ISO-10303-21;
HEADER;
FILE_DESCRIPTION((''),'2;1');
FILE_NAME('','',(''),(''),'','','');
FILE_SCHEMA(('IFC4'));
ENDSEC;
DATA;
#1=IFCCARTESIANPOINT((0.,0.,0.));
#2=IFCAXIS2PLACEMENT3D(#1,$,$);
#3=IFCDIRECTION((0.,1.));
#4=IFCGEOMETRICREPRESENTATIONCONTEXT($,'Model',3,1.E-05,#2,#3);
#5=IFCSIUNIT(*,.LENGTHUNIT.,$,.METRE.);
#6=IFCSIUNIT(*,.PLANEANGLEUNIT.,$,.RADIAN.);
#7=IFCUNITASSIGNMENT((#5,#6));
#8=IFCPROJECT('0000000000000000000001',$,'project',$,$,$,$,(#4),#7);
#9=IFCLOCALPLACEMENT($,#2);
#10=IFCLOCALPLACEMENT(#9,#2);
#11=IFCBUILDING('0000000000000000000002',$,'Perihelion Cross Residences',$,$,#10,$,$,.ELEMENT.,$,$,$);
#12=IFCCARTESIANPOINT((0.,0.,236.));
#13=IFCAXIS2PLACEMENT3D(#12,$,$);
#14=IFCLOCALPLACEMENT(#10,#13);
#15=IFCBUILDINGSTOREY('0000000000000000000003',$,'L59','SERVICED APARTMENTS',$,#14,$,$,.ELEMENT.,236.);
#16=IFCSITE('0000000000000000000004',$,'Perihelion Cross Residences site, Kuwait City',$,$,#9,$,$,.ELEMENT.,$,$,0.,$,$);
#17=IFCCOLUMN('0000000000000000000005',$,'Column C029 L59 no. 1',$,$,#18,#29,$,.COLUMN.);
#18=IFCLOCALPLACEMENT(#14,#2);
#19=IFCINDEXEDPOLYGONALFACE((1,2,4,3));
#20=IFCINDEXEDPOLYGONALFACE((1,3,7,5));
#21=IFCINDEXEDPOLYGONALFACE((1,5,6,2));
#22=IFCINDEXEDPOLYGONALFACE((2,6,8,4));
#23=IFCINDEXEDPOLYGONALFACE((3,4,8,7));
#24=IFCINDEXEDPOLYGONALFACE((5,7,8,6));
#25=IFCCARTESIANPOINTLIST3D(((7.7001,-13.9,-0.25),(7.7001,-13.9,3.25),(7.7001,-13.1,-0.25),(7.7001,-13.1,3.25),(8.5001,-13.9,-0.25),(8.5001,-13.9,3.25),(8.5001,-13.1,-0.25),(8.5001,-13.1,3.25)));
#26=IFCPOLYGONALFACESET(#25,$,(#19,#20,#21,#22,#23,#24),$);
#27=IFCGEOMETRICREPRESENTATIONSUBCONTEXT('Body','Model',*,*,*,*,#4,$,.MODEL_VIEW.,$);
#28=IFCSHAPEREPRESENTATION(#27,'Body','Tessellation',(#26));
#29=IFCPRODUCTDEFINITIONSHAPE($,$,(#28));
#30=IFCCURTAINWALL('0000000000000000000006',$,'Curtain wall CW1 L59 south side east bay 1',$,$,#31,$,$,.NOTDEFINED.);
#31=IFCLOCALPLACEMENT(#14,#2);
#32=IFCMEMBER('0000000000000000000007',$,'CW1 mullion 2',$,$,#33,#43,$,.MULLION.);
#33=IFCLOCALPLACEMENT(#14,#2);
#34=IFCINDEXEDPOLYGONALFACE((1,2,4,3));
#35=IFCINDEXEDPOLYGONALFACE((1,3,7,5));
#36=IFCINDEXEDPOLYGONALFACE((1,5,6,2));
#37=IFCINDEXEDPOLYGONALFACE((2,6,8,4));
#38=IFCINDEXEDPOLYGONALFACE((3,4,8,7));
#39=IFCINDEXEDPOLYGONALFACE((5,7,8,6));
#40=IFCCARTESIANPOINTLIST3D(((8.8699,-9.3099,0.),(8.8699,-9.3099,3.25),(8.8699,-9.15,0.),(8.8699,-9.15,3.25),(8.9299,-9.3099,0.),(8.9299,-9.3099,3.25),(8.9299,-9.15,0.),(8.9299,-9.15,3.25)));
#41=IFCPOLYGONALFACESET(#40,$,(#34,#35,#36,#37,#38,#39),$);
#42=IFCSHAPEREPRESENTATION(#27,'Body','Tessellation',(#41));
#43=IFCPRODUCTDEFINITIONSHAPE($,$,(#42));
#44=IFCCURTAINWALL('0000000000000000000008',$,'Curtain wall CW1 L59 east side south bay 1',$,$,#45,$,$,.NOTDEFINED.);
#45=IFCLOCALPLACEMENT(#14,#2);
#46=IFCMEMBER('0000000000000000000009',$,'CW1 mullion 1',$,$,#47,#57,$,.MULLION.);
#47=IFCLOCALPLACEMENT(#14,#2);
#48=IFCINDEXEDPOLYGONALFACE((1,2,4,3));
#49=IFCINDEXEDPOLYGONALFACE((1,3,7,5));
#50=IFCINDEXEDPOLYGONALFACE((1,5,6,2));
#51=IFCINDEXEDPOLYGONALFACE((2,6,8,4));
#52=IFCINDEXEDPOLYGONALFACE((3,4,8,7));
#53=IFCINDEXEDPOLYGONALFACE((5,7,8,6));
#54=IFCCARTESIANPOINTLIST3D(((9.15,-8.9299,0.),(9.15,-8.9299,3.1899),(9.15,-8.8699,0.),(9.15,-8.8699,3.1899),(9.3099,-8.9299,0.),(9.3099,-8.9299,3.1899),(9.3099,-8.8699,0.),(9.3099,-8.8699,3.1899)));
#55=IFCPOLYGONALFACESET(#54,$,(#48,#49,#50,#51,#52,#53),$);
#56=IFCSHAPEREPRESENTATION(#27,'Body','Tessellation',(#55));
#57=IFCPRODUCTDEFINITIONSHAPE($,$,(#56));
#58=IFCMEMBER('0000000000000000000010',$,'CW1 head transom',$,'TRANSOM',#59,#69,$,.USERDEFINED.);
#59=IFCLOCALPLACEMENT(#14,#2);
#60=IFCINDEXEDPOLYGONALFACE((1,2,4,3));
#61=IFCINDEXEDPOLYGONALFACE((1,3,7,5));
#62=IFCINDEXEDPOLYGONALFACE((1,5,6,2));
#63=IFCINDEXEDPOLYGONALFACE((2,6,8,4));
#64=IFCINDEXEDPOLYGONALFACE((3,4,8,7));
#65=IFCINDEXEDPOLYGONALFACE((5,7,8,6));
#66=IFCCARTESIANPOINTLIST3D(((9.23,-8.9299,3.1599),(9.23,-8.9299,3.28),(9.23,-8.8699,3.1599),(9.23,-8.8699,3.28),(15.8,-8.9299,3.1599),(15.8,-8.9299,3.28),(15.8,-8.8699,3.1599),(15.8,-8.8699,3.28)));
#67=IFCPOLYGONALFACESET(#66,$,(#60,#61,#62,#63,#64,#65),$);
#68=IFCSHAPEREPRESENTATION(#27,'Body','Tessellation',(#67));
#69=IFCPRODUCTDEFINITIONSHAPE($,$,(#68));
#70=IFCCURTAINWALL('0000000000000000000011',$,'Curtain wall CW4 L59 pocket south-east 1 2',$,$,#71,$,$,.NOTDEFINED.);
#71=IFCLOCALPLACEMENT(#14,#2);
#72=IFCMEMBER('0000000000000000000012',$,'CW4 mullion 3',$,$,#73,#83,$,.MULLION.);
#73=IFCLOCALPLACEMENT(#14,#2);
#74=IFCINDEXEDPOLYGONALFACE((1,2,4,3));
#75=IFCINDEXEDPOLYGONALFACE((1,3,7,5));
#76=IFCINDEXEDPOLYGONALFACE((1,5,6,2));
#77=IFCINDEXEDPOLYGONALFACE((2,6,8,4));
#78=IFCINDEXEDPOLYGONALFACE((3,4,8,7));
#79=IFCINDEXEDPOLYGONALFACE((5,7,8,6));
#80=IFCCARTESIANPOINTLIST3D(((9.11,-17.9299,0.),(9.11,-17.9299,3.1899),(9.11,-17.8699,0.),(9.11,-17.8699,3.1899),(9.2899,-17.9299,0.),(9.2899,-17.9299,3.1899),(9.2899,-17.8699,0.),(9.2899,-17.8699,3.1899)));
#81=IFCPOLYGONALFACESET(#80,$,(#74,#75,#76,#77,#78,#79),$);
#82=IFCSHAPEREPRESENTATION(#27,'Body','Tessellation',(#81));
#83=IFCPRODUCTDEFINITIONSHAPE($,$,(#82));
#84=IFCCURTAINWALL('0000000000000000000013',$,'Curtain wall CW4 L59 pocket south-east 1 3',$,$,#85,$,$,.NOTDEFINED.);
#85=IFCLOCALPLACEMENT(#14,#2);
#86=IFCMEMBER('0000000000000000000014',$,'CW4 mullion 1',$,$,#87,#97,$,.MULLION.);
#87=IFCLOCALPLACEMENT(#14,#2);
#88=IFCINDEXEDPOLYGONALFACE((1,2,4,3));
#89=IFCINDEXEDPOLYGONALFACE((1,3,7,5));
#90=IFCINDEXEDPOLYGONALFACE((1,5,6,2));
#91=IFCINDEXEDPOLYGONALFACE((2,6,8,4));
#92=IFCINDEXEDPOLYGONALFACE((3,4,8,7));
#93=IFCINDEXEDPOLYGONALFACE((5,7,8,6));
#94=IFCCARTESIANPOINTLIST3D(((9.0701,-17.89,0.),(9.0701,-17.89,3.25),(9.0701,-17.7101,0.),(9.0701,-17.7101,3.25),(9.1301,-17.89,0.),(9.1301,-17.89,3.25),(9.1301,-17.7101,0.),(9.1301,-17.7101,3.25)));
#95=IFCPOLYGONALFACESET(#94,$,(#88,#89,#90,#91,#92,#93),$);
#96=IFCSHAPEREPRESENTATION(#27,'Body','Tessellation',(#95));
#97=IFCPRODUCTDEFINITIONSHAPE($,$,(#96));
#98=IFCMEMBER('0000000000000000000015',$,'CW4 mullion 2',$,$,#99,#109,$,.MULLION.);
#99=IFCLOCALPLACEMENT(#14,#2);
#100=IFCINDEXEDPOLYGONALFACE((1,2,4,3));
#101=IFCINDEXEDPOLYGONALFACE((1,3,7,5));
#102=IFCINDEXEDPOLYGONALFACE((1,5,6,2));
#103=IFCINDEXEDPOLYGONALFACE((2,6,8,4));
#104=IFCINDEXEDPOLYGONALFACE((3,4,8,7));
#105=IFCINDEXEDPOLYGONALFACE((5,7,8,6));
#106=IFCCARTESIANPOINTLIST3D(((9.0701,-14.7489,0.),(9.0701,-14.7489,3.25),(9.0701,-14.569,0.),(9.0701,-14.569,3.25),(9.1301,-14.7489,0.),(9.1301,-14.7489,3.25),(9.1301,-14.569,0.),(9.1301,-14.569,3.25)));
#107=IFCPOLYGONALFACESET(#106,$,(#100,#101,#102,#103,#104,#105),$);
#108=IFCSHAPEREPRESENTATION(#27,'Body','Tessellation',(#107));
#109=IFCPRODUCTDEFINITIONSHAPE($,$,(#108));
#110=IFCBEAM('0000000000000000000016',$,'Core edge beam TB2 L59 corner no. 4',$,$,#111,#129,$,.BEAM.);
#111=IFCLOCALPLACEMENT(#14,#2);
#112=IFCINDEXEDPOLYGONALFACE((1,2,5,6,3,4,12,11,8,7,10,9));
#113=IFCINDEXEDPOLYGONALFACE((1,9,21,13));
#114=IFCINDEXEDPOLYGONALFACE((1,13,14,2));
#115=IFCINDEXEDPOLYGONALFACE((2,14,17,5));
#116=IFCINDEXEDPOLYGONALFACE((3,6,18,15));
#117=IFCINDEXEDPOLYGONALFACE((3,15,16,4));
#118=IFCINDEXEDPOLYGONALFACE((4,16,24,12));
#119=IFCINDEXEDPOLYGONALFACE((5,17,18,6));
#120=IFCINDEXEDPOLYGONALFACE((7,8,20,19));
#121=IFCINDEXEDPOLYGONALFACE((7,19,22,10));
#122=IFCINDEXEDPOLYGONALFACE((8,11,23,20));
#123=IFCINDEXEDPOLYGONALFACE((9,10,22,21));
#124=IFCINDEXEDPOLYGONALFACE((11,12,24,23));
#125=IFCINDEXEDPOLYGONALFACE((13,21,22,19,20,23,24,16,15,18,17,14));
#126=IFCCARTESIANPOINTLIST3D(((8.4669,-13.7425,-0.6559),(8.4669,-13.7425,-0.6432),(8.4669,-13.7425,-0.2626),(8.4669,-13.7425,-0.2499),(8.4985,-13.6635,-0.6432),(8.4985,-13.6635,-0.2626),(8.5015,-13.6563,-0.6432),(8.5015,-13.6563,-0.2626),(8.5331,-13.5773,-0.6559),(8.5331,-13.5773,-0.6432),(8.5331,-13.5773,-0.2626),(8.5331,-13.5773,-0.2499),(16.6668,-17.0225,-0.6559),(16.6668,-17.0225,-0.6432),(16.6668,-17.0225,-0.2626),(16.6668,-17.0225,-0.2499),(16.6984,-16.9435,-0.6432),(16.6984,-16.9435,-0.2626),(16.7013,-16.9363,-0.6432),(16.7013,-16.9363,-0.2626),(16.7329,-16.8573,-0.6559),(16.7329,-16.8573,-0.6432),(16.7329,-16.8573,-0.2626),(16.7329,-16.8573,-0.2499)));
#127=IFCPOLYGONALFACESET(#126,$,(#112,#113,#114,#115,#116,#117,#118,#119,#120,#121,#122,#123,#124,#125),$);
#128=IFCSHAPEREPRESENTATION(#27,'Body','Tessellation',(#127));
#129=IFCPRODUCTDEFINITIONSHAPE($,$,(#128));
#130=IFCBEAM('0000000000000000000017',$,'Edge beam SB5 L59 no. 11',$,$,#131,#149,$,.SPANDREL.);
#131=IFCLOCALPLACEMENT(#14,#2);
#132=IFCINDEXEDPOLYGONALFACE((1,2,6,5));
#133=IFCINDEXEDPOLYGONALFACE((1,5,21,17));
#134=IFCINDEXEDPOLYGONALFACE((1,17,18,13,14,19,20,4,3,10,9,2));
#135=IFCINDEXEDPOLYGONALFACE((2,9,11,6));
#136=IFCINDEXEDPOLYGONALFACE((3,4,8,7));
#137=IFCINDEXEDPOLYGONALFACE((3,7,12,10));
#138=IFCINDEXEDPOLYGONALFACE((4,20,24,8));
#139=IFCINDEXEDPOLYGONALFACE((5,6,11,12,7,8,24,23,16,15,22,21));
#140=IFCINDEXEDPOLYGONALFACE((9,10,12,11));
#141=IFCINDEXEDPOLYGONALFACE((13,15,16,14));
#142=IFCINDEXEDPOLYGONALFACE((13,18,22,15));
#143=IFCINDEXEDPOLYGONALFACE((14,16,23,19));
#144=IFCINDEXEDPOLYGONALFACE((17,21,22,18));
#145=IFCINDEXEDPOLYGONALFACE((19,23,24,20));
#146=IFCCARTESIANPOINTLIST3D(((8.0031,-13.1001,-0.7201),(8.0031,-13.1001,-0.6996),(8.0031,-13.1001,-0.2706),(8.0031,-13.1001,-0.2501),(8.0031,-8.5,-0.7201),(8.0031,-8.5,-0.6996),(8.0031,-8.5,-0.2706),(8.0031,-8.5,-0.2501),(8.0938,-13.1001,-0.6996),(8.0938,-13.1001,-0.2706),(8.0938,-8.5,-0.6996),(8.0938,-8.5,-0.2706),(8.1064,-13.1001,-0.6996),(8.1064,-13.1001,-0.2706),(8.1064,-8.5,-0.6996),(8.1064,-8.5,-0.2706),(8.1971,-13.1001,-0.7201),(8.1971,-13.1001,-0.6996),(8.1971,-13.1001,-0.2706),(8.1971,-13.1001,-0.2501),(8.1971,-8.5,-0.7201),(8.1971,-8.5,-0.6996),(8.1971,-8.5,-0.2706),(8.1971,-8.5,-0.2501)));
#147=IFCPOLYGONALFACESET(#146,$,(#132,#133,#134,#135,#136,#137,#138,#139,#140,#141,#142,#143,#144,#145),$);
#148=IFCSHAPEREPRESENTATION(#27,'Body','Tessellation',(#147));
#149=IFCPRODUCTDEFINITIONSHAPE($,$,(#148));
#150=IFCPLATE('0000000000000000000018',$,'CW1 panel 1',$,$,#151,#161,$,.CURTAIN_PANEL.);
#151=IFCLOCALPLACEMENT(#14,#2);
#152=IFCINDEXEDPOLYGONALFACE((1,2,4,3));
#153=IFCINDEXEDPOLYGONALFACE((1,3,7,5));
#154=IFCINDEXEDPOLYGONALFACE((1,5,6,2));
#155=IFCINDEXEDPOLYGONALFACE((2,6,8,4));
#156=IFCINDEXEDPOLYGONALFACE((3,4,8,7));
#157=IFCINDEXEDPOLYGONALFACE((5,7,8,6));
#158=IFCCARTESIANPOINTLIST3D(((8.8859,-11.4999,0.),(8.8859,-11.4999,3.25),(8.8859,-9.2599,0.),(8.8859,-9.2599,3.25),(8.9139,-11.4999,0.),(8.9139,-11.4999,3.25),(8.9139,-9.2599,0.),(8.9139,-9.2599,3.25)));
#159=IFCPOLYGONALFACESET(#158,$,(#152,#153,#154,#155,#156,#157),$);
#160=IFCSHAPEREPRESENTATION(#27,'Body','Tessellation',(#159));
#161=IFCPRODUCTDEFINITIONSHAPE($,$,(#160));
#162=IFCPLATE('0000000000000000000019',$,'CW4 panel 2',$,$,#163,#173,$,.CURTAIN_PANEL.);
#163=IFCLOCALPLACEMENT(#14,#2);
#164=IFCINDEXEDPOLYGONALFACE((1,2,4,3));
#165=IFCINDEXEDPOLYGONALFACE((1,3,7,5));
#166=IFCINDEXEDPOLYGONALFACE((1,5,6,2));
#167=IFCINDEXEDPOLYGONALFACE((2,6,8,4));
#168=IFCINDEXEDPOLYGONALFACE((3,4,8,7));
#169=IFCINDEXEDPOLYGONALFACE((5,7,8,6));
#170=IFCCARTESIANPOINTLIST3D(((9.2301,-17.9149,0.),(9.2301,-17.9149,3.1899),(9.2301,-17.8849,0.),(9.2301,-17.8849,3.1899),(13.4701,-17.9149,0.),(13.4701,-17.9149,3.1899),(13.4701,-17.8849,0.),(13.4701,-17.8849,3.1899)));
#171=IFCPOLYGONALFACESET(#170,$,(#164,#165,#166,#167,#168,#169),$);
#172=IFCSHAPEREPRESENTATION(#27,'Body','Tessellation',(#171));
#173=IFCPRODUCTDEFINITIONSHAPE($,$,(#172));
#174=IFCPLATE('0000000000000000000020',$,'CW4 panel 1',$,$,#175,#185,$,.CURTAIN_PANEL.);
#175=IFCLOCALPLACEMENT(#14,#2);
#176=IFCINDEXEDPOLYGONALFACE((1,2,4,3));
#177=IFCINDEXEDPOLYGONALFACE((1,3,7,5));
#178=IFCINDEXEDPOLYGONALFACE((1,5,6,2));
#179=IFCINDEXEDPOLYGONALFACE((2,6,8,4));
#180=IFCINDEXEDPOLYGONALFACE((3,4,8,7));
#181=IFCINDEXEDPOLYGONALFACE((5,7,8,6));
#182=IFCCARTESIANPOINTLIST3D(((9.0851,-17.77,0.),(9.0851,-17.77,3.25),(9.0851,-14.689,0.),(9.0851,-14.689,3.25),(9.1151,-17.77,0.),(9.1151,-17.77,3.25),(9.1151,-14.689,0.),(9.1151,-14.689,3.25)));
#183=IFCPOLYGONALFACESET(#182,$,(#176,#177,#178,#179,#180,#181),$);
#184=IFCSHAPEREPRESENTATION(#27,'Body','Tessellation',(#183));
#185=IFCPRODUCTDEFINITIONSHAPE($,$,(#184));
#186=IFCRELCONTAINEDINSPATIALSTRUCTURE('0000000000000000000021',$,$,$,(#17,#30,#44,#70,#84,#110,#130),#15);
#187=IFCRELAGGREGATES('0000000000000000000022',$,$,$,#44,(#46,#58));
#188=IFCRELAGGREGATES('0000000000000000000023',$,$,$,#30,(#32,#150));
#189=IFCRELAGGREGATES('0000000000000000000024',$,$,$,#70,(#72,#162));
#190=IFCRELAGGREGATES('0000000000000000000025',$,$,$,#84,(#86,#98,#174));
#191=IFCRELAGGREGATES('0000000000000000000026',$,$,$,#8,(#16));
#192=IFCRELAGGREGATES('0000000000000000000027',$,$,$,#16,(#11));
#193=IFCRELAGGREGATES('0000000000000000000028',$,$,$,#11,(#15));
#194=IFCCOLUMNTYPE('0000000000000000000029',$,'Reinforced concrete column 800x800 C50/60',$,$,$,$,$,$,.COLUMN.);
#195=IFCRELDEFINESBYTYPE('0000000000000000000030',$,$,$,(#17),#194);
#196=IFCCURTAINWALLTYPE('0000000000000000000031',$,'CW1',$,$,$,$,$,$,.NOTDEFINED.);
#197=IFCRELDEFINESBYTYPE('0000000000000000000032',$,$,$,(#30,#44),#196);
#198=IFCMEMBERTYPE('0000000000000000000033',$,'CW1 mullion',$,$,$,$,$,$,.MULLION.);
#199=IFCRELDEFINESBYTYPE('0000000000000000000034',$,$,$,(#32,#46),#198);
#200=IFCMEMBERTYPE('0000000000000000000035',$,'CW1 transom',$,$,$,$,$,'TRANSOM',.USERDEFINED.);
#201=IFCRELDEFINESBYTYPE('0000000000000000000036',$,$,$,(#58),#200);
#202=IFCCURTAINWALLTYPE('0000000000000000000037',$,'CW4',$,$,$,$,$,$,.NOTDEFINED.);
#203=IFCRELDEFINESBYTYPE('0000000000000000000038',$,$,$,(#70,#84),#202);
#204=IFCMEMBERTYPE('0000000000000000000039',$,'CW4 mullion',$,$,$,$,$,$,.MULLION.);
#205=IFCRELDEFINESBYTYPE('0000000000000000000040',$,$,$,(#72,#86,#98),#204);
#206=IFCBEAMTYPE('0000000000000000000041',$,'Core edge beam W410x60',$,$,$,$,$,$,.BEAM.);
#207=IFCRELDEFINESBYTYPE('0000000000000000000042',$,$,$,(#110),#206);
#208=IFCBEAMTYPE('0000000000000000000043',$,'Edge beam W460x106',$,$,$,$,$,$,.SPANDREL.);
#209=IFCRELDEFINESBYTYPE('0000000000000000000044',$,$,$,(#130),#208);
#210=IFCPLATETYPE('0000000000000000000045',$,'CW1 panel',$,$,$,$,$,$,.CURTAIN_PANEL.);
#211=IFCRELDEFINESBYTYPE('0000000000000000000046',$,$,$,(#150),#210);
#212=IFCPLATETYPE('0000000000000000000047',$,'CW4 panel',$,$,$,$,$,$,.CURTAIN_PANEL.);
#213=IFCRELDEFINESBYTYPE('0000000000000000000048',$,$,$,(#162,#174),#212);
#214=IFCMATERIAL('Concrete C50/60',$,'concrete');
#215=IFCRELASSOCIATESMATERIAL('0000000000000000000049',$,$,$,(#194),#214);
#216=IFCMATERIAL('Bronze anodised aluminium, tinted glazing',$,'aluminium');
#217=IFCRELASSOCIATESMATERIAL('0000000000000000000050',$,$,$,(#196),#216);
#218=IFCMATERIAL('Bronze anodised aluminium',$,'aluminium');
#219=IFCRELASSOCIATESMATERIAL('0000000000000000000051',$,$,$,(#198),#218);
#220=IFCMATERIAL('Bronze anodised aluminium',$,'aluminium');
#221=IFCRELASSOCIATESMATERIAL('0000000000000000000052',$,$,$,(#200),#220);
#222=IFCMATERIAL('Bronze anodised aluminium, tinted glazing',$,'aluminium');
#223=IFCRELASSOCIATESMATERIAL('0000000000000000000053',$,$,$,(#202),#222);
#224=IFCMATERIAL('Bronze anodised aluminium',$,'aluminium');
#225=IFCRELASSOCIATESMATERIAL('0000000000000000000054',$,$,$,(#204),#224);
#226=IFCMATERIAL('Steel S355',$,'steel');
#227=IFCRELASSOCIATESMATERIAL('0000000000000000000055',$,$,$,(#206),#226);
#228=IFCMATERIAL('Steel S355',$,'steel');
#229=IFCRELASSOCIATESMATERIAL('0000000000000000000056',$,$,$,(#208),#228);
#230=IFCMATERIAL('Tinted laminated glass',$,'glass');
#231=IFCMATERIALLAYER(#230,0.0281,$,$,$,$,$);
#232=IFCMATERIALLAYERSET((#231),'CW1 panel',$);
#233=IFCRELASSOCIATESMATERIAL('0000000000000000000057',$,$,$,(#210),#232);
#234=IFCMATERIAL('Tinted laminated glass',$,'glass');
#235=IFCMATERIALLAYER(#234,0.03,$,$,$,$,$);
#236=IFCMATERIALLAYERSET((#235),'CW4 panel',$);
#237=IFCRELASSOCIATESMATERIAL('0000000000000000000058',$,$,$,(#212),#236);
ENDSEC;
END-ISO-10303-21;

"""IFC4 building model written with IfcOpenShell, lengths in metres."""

from ifc_helpers import new_model, si_unit, direction, frame, origin, origin_2d, place, context, subcontext, project, spatial, rectangle, i_section, extrude, material, layer, layer_set, material_profile, profile_set, type_object, element, aggregate, save


model = new_model("IFC4")

# Units and contexts
model_context = context("Model", 3, precision=1e-05, world=origin(), true_north=direction((0.0, 1.0)))
body_context = subcontext(model_context, "Body", "Model", "MODEL_VIEW")
ifc_project = project(units=[si_unit("LENGTHUNIT", "METRE"), si_unit("PLANEANGLEUNIT", "RADIAN")], contexts=[model_context])

# Site, building, storey
site_placement = place(None, origin())
site = spatial("IfcSite", under=ifc_project, at=site_placement, Name="Perihelion Cross Residences site, Kuwait City", CompositionType="ELEMENT", RefElevation=0.0)
building_placement = place(site_placement, origin())
building = spatial("IfcBuilding", under=site, at=building_placement, Name="Perihelion Cross Residences", CompositionType="ELEMENT")
storey_placement = place(building_placement, frame((0.0, 0.0, 236.0)))
storey = spatial("IfcBuildingStorey", under=building, at=storey_placement, Name="L59", Description="SERVICED APARTMENTS", CompositionType="ELEMENT", Elevation=236.0)

# Column
ifc_material_1 = material(Name="Concrete C50/60", Category="concrete")
ifc_material_profile_1 = material_profile(ifc_material_1, rectangle(XDim=0.8, YDim=0.8, at=origin_2d()), Name="RC 800x800")
ifc_profile_set_1 = profile_set([ifc_material_profile_1], Name="Concrete C50/60")
column_type = type_object("IfcColumnType", Name="Reinforced concrete column 800x800 C50/60", PredefinedType="COLUMN", material=ifc_profile_set_1)
column_placement = place(storey_placement, frame((8.1001, -13.5, -0.25), z_axis=(0.0, 0.0, 1.0), x_axis=(1.0, 0.0, 0.0)))
element("IfcColumn", 1, at=column_placement, inside=storey, type_object=column_type, Name="Column C029 L59 no. 1", PredefinedType="COLUMN", context=body_context, shape_type="SweptSolid", body=[
    extrude(rectangle(XDim=0.8, YDim=0.8, at=origin_2d()), origin(), (0.0, 0.0, 1.0), 3.5),
])

# Curtain wall, member
ifc_material_2 = material(Name="Bronze anodised aluminium, tinted glazing", Category="aluminium")
curtain_wall_type_1 = type_object("IfcCurtainWallType", Name="CW1", PredefinedType="NOTDEFINED", material=ifc_material_2)
curtain_wall_1_placement = place(storey_placement, origin())
curtain_wall_1 = element("IfcCurtainWall", 2, at=curtain_wall_1_placement, inside=storey, type_object=curtain_wall_type_1, Name="Curtain wall CW1 L59 south side east bay 1", PredefinedType="NOTDEFINED")
ifc_material_3 = material(Name="Bronze anodised aluminium", Category="aluminium")
ifc_material_profile_2 = material_profile(ifc_material_3, rectangle(XDim=0.0601, YDim=0.1599, at=origin_2d()), Name="CW1 mullion")
ifc_profile_set_2 = profile_set([ifc_material_profile_2], Name="Bronze anodised aluminium")
member_type_1 = type_object("IfcMemberType", Name="CW1 mullion", PredefinedType="MULLION", material=ifc_profile_set_2)
member_1_placement = place(storey_placement, frame((8.8999, -9.23, 0.0), z_axis=(0.0, 0.0, 1.0), x_axis=(-1.0, 0.0, 0.0)))
member_1 = element("IfcMember", 3, at=member_1_placement, type_object=member_type_1, Name="CW1 mullion 2", PredefinedType="MULLION", context=body_context, shape_type="SweptSolid", body=[
    extrude(rectangle(XDim=0.0601, YDim=0.1599, at=origin_2d()), origin(), (0.0, 0.0, 1.0), 3.25),
])

# Curtain wall, members
curtain_wall_2_placement = place(storey_placement, origin())
curtain_wall_2 = element("IfcCurtainWall", 4, at=curtain_wall_2_placement, inside=storey, type_object=curtain_wall_type_1, Name="Curtain wall CW1 L59 east side south bay 1", PredefinedType="NOTDEFINED")
member_2_placement = place(storey_placement, frame((9.23, -8.8999, 0.0), z_axis=(0.0, 0.0, 1.0), x_axis=(0.0, 1.0, 0.0)))
member_2 = element("IfcMember", 5, at=member_2_placement, type_object=member_type_1, Name="CW1 mullion 1", PredefinedType="MULLION", context=body_context, shape_type="SweptSolid", body=[
    extrude(rectangle(XDim=0.0601, YDim=0.1599, at=origin_2d()), origin(), (0.0, 0.0, 1.0), 3.1899),
])
ifc_material_4 = material(Name="Bronze anodised aluminium", Category="aluminium")
ifc_material_profile_3 = material_profile(ifc_material_4, rectangle(XDim=0.0601, YDim=0.1201, at=origin_2d()), Name="CW1 transom")
ifc_profile_set_3 = profile_set([ifc_material_profile_3], Name="Bronze anodised aluminium")
member_type_2 = type_object("IfcMemberType", Name="CW1 transom", ElementType="TRANSOM", PredefinedType="USERDEFINED", material=ifc_profile_set_3)
member_3_placement = place(storey_placement, frame((9.23, -8.8999, 3.22), z_axis=(1.0, 0.0, 0.0), x_axis=(0.0, 1.0, 0.0)))
member_3 = element("IfcMember", 6, at=member_3_placement, type_object=member_type_2, Name="CW1 head transom", ObjectType="TRANSOM", PredefinedType="USERDEFINED", context=body_context, shape_type="SweptSolid", body=[
    extrude(rectangle(XDim=0.0601, YDim=0.1201, at=origin_2d()), origin(), (0.0, 0.0, 1.0), 6.5701),
])
aggregate(curtain_wall_2, [member_2, member_3])

# Curtain wall, member
ifc_material_5 = material(Name="Bronze anodised aluminium, tinted glazing", Category="aluminium")
curtain_wall_type_2 = type_object("IfcCurtainWallType", Name="CW4", PredefinedType="NOTDEFINED", material=ifc_material_5)
curtain_wall_3_placement = place(storey_placement, origin())
curtain_wall_3 = element("IfcCurtainWall", 7, at=curtain_wall_3_placement, inside=storey, type_object=curtain_wall_type_2, Name="Curtain wall CW4 L59 pocket south-east 1 2", PredefinedType="NOTDEFINED")
ifc_material_6 = material(Name="Bronze anodised aluminium", Category="aluminium")
ifc_material_profile_4 = material_profile(ifc_material_6, rectangle(XDim=0.0601, YDim=0.1799, at=origin_2d()), Name="CW4 mullion")
ifc_profile_set_4 = profile_set([ifc_material_profile_4], Name="Bronze anodised aluminium")
member_type_3 = type_object("IfcMemberType", Name="CW4 mullion", PredefinedType="MULLION", material=ifc_profile_set_4)
member_4_placement = place(storey_placement, frame((9.2, -17.8999, 0.0), z_axis=(0.0, 0.0, 1.0), x_axis=(0.0, -1.0, 0.0)))
member_4 = element("IfcMember", 8, at=member_4_placement, type_object=member_type_3, Name="CW4 mullion 3", PredefinedType="MULLION", context=body_context, shape_type="SweptSolid", body=[
    extrude(rectangle(XDim=0.0601, YDim=0.1799, at=origin_2d()), origin(), (0.0, 0.0, 1.0), 3.1899),
])

# Curtain wall, members
curtain_wall_4_placement = place(storey_placement, origin())
curtain_wall_4 = element("IfcCurtainWall", 9, at=curtain_wall_4_placement, inside=storey, type_object=curtain_wall_type_2, Name="Curtain wall CW4 L59 pocket south-east 1 3", PredefinedType="NOTDEFINED")
member_5_placement = place(storey_placement, frame((9.1001, -17.8, 0.0), z_axis=(0.0, 0.0, 1.0), x_axis=(-1.0, 0.0, 0.0)))
member_5 = element("IfcMember", 10, at=member_5_placement, type_object=member_type_3, Name="CW4 mullion 1", PredefinedType="MULLION", context=body_context, shape_type="SweptSolid", body=[
    extrude(rectangle(XDim=0.0601, YDim=0.1799, at=origin_2d()), origin(), (0.0, 0.0, 1.0), 3.25),
])
member_6_placement = place(storey_placement, frame((9.1001, -14.6589, 0.0), z_axis=(0.0, 0.0, 1.0), x_axis=(-1.0, 0.0, 0.0)))
member_6 = element("IfcMember", 11, at=member_6_placement, type_object=member_type_3, Name="CW4 mullion 2", PredefinedType="MULLION", context=body_context, shape_type="SweptSolid", body=[
    extrude(rectangle(XDim=0.0601, YDim=0.1799, at=origin_2d()), origin(), (0.0, 0.0, 1.0), 3.25),
])

# Beams
ifc_material_7 = material(Name="Steel S355", Category="steel")
ifc_material_profile_5 = material_profile(ifc_material_7, i_section(OverallWidth=0.178, OverallDepth=0.406, WebThickness=0.0078, FlangeThickness=0.0127, at=origin_2d()), Name="W410x60")
ifc_profile_set_5 = profile_set([ifc_material_profile_5], Name="Steel S355")
beam_type_1 = type_object("IfcBeamType", Name="Core edge beam W410x60", PredefinedType="BEAM", material=ifc_profile_set_5)
beam_1_placement = place(storey_placement, frame((8.5, -13.6599, -0.4529), z_axis=(0.928475, -0.371395, 0.0), x_axis=(0.371395, 0.928475, 0.0)))
element("IfcBeam", 12, at=beam_1_placement, inside=storey, type_object=beam_type_1, Name="Core edge beam TB2 L59 corner no. 4", PredefinedType="BEAM", context=body_context, shape_type="SweptSolid", body=[
    extrude(i_section(OverallWidth=0.178, OverallDepth=0.406, WebThickness=0.0078, FlangeThickness=0.0127, at=origin_2d()), origin(), (0.0, 0.0, 1.0), 8.8315),
])
ifc_material_8 = material(Name="Steel S355", Category="steel")
ifc_material_profile_6 = material_profile(ifc_material_8, i_section(OverallWidth=0.1941, OverallDepth=0.47, WebThickness=0.0127, FlangeThickness=0.0205, at=origin_2d()), Name="W460x106")
ifc_profile_set_6 = profile_set([ifc_material_profile_6], Name="Steel S355")
beam_type_2 = type_object("IfcBeamType", Name="Edge beam W460x106", PredefinedType="SPANDREL", material=ifc_profile_set_6)
beam_2_placement = place(storey_placement, frame((8.1001, -13.1001, -0.4851), z_axis=(0.0, 1.0, 0.0), x_axis=(-1.0, 0.0, 0.0)))
element("IfcBeam", 13, at=beam_2_placement, inside=storey, type_object=beam_type_2, Name="Edge beam SB5 L59 no. 11", PredefinedType="SPANDREL", context=body_context, shape_type="SweptSolid", body=[
    extrude(i_section(OverallWidth=0.1941, OverallDepth=0.47, WebThickness=0.0127, FlangeThickness=0.0205, at=origin_2d()), origin(), (0.0, 0.0, 1.0), 4.6001),
])

# Plates
ifc_material_9 = material(Name="Tinted laminated glass", Category="glass")
ifc_layer_1 = layer(ifc_material_9, 0.0281)
ifc_layer_set_1 = layer_set([ifc_layer_1], Name="CW1 panel")
plate_type_1 = type_object("IfcPlateType", Name="CW1 panel", PredefinedType="CURTAIN_PANEL", material=ifc_layer_set_1)
plate_1_placement = place(storey_placement, frame((8.8999, -10.3799, 0.0), z_axis=(0.0, 0.0, 1.0), x_axis=(0.0, 1.0, 0.0)))
plate_1 = element("IfcPlate", 14, at=plate_1_placement, type_object=plate_type_1, Name="CW1 panel 1", PredefinedType="CURTAIN_PANEL", context=body_context, shape_type="SweptSolid", body=[
    extrude(rectangle(XDim=2.24, YDim=0.0281, at=origin_2d()), origin(), (0.0, 0.0, 1.0), 3.25),
])
aggregate(curtain_wall_1, [member_1, plate_1])
ifc_material_10 = material(Name="Tinted laminated glass", Category="glass")
ifc_layer_2 = layer(ifc_material_10, 0.03)
ifc_layer_set_2 = layer_set([ifc_layer_2], Name="CW4 panel")
plate_type_2 = type_object("IfcPlateType", Name="CW4 panel", PredefinedType="CURTAIN_PANEL", material=ifc_layer_set_2)
plate_2_placement = place(storey_placement, frame((11.3501, -17.8999, 0.0), z_axis=(0.0, 0.0, 1.0), x_axis=(-1.0, 0.0, 0.0)))
plate_2 = element("IfcPlate", 15, at=plate_2_placement, type_object=plate_type_2, Name="CW4 panel 2", PredefinedType="CURTAIN_PANEL", context=body_context, shape_type="SweptSolid", body=[
    extrude(rectangle(XDim=4.24, YDim=0.03, at=origin_2d()), origin(), (0.0, 0.0, 1.0), 3.1899),
])
aggregate(curtain_wall_3, [member_4, plate_2])
plate_3_placement = place(storey_placement, frame((9.1001, -16.2295, 0.0), z_axis=(0.0, 0.0, 1.0), x_axis=(0.0, 1.0, 0.0)))
plate_3 = element("IfcPlate", 16, at=plate_3_placement, type_object=plate_type_2, Name="CW4 panel 1", PredefinedType="CURTAIN_PANEL", context=body_context, shape_type="SweptSolid", body=[
    extrude(rectangle(XDim=3.0811, YDim=0.03, at=origin_2d()), origin(), (0.0, 0.0, 1.0), 3.25),
])
aggregate(curtain_wall_4, [member_5, member_6, plate_3])

save(model, "model.ifc")
